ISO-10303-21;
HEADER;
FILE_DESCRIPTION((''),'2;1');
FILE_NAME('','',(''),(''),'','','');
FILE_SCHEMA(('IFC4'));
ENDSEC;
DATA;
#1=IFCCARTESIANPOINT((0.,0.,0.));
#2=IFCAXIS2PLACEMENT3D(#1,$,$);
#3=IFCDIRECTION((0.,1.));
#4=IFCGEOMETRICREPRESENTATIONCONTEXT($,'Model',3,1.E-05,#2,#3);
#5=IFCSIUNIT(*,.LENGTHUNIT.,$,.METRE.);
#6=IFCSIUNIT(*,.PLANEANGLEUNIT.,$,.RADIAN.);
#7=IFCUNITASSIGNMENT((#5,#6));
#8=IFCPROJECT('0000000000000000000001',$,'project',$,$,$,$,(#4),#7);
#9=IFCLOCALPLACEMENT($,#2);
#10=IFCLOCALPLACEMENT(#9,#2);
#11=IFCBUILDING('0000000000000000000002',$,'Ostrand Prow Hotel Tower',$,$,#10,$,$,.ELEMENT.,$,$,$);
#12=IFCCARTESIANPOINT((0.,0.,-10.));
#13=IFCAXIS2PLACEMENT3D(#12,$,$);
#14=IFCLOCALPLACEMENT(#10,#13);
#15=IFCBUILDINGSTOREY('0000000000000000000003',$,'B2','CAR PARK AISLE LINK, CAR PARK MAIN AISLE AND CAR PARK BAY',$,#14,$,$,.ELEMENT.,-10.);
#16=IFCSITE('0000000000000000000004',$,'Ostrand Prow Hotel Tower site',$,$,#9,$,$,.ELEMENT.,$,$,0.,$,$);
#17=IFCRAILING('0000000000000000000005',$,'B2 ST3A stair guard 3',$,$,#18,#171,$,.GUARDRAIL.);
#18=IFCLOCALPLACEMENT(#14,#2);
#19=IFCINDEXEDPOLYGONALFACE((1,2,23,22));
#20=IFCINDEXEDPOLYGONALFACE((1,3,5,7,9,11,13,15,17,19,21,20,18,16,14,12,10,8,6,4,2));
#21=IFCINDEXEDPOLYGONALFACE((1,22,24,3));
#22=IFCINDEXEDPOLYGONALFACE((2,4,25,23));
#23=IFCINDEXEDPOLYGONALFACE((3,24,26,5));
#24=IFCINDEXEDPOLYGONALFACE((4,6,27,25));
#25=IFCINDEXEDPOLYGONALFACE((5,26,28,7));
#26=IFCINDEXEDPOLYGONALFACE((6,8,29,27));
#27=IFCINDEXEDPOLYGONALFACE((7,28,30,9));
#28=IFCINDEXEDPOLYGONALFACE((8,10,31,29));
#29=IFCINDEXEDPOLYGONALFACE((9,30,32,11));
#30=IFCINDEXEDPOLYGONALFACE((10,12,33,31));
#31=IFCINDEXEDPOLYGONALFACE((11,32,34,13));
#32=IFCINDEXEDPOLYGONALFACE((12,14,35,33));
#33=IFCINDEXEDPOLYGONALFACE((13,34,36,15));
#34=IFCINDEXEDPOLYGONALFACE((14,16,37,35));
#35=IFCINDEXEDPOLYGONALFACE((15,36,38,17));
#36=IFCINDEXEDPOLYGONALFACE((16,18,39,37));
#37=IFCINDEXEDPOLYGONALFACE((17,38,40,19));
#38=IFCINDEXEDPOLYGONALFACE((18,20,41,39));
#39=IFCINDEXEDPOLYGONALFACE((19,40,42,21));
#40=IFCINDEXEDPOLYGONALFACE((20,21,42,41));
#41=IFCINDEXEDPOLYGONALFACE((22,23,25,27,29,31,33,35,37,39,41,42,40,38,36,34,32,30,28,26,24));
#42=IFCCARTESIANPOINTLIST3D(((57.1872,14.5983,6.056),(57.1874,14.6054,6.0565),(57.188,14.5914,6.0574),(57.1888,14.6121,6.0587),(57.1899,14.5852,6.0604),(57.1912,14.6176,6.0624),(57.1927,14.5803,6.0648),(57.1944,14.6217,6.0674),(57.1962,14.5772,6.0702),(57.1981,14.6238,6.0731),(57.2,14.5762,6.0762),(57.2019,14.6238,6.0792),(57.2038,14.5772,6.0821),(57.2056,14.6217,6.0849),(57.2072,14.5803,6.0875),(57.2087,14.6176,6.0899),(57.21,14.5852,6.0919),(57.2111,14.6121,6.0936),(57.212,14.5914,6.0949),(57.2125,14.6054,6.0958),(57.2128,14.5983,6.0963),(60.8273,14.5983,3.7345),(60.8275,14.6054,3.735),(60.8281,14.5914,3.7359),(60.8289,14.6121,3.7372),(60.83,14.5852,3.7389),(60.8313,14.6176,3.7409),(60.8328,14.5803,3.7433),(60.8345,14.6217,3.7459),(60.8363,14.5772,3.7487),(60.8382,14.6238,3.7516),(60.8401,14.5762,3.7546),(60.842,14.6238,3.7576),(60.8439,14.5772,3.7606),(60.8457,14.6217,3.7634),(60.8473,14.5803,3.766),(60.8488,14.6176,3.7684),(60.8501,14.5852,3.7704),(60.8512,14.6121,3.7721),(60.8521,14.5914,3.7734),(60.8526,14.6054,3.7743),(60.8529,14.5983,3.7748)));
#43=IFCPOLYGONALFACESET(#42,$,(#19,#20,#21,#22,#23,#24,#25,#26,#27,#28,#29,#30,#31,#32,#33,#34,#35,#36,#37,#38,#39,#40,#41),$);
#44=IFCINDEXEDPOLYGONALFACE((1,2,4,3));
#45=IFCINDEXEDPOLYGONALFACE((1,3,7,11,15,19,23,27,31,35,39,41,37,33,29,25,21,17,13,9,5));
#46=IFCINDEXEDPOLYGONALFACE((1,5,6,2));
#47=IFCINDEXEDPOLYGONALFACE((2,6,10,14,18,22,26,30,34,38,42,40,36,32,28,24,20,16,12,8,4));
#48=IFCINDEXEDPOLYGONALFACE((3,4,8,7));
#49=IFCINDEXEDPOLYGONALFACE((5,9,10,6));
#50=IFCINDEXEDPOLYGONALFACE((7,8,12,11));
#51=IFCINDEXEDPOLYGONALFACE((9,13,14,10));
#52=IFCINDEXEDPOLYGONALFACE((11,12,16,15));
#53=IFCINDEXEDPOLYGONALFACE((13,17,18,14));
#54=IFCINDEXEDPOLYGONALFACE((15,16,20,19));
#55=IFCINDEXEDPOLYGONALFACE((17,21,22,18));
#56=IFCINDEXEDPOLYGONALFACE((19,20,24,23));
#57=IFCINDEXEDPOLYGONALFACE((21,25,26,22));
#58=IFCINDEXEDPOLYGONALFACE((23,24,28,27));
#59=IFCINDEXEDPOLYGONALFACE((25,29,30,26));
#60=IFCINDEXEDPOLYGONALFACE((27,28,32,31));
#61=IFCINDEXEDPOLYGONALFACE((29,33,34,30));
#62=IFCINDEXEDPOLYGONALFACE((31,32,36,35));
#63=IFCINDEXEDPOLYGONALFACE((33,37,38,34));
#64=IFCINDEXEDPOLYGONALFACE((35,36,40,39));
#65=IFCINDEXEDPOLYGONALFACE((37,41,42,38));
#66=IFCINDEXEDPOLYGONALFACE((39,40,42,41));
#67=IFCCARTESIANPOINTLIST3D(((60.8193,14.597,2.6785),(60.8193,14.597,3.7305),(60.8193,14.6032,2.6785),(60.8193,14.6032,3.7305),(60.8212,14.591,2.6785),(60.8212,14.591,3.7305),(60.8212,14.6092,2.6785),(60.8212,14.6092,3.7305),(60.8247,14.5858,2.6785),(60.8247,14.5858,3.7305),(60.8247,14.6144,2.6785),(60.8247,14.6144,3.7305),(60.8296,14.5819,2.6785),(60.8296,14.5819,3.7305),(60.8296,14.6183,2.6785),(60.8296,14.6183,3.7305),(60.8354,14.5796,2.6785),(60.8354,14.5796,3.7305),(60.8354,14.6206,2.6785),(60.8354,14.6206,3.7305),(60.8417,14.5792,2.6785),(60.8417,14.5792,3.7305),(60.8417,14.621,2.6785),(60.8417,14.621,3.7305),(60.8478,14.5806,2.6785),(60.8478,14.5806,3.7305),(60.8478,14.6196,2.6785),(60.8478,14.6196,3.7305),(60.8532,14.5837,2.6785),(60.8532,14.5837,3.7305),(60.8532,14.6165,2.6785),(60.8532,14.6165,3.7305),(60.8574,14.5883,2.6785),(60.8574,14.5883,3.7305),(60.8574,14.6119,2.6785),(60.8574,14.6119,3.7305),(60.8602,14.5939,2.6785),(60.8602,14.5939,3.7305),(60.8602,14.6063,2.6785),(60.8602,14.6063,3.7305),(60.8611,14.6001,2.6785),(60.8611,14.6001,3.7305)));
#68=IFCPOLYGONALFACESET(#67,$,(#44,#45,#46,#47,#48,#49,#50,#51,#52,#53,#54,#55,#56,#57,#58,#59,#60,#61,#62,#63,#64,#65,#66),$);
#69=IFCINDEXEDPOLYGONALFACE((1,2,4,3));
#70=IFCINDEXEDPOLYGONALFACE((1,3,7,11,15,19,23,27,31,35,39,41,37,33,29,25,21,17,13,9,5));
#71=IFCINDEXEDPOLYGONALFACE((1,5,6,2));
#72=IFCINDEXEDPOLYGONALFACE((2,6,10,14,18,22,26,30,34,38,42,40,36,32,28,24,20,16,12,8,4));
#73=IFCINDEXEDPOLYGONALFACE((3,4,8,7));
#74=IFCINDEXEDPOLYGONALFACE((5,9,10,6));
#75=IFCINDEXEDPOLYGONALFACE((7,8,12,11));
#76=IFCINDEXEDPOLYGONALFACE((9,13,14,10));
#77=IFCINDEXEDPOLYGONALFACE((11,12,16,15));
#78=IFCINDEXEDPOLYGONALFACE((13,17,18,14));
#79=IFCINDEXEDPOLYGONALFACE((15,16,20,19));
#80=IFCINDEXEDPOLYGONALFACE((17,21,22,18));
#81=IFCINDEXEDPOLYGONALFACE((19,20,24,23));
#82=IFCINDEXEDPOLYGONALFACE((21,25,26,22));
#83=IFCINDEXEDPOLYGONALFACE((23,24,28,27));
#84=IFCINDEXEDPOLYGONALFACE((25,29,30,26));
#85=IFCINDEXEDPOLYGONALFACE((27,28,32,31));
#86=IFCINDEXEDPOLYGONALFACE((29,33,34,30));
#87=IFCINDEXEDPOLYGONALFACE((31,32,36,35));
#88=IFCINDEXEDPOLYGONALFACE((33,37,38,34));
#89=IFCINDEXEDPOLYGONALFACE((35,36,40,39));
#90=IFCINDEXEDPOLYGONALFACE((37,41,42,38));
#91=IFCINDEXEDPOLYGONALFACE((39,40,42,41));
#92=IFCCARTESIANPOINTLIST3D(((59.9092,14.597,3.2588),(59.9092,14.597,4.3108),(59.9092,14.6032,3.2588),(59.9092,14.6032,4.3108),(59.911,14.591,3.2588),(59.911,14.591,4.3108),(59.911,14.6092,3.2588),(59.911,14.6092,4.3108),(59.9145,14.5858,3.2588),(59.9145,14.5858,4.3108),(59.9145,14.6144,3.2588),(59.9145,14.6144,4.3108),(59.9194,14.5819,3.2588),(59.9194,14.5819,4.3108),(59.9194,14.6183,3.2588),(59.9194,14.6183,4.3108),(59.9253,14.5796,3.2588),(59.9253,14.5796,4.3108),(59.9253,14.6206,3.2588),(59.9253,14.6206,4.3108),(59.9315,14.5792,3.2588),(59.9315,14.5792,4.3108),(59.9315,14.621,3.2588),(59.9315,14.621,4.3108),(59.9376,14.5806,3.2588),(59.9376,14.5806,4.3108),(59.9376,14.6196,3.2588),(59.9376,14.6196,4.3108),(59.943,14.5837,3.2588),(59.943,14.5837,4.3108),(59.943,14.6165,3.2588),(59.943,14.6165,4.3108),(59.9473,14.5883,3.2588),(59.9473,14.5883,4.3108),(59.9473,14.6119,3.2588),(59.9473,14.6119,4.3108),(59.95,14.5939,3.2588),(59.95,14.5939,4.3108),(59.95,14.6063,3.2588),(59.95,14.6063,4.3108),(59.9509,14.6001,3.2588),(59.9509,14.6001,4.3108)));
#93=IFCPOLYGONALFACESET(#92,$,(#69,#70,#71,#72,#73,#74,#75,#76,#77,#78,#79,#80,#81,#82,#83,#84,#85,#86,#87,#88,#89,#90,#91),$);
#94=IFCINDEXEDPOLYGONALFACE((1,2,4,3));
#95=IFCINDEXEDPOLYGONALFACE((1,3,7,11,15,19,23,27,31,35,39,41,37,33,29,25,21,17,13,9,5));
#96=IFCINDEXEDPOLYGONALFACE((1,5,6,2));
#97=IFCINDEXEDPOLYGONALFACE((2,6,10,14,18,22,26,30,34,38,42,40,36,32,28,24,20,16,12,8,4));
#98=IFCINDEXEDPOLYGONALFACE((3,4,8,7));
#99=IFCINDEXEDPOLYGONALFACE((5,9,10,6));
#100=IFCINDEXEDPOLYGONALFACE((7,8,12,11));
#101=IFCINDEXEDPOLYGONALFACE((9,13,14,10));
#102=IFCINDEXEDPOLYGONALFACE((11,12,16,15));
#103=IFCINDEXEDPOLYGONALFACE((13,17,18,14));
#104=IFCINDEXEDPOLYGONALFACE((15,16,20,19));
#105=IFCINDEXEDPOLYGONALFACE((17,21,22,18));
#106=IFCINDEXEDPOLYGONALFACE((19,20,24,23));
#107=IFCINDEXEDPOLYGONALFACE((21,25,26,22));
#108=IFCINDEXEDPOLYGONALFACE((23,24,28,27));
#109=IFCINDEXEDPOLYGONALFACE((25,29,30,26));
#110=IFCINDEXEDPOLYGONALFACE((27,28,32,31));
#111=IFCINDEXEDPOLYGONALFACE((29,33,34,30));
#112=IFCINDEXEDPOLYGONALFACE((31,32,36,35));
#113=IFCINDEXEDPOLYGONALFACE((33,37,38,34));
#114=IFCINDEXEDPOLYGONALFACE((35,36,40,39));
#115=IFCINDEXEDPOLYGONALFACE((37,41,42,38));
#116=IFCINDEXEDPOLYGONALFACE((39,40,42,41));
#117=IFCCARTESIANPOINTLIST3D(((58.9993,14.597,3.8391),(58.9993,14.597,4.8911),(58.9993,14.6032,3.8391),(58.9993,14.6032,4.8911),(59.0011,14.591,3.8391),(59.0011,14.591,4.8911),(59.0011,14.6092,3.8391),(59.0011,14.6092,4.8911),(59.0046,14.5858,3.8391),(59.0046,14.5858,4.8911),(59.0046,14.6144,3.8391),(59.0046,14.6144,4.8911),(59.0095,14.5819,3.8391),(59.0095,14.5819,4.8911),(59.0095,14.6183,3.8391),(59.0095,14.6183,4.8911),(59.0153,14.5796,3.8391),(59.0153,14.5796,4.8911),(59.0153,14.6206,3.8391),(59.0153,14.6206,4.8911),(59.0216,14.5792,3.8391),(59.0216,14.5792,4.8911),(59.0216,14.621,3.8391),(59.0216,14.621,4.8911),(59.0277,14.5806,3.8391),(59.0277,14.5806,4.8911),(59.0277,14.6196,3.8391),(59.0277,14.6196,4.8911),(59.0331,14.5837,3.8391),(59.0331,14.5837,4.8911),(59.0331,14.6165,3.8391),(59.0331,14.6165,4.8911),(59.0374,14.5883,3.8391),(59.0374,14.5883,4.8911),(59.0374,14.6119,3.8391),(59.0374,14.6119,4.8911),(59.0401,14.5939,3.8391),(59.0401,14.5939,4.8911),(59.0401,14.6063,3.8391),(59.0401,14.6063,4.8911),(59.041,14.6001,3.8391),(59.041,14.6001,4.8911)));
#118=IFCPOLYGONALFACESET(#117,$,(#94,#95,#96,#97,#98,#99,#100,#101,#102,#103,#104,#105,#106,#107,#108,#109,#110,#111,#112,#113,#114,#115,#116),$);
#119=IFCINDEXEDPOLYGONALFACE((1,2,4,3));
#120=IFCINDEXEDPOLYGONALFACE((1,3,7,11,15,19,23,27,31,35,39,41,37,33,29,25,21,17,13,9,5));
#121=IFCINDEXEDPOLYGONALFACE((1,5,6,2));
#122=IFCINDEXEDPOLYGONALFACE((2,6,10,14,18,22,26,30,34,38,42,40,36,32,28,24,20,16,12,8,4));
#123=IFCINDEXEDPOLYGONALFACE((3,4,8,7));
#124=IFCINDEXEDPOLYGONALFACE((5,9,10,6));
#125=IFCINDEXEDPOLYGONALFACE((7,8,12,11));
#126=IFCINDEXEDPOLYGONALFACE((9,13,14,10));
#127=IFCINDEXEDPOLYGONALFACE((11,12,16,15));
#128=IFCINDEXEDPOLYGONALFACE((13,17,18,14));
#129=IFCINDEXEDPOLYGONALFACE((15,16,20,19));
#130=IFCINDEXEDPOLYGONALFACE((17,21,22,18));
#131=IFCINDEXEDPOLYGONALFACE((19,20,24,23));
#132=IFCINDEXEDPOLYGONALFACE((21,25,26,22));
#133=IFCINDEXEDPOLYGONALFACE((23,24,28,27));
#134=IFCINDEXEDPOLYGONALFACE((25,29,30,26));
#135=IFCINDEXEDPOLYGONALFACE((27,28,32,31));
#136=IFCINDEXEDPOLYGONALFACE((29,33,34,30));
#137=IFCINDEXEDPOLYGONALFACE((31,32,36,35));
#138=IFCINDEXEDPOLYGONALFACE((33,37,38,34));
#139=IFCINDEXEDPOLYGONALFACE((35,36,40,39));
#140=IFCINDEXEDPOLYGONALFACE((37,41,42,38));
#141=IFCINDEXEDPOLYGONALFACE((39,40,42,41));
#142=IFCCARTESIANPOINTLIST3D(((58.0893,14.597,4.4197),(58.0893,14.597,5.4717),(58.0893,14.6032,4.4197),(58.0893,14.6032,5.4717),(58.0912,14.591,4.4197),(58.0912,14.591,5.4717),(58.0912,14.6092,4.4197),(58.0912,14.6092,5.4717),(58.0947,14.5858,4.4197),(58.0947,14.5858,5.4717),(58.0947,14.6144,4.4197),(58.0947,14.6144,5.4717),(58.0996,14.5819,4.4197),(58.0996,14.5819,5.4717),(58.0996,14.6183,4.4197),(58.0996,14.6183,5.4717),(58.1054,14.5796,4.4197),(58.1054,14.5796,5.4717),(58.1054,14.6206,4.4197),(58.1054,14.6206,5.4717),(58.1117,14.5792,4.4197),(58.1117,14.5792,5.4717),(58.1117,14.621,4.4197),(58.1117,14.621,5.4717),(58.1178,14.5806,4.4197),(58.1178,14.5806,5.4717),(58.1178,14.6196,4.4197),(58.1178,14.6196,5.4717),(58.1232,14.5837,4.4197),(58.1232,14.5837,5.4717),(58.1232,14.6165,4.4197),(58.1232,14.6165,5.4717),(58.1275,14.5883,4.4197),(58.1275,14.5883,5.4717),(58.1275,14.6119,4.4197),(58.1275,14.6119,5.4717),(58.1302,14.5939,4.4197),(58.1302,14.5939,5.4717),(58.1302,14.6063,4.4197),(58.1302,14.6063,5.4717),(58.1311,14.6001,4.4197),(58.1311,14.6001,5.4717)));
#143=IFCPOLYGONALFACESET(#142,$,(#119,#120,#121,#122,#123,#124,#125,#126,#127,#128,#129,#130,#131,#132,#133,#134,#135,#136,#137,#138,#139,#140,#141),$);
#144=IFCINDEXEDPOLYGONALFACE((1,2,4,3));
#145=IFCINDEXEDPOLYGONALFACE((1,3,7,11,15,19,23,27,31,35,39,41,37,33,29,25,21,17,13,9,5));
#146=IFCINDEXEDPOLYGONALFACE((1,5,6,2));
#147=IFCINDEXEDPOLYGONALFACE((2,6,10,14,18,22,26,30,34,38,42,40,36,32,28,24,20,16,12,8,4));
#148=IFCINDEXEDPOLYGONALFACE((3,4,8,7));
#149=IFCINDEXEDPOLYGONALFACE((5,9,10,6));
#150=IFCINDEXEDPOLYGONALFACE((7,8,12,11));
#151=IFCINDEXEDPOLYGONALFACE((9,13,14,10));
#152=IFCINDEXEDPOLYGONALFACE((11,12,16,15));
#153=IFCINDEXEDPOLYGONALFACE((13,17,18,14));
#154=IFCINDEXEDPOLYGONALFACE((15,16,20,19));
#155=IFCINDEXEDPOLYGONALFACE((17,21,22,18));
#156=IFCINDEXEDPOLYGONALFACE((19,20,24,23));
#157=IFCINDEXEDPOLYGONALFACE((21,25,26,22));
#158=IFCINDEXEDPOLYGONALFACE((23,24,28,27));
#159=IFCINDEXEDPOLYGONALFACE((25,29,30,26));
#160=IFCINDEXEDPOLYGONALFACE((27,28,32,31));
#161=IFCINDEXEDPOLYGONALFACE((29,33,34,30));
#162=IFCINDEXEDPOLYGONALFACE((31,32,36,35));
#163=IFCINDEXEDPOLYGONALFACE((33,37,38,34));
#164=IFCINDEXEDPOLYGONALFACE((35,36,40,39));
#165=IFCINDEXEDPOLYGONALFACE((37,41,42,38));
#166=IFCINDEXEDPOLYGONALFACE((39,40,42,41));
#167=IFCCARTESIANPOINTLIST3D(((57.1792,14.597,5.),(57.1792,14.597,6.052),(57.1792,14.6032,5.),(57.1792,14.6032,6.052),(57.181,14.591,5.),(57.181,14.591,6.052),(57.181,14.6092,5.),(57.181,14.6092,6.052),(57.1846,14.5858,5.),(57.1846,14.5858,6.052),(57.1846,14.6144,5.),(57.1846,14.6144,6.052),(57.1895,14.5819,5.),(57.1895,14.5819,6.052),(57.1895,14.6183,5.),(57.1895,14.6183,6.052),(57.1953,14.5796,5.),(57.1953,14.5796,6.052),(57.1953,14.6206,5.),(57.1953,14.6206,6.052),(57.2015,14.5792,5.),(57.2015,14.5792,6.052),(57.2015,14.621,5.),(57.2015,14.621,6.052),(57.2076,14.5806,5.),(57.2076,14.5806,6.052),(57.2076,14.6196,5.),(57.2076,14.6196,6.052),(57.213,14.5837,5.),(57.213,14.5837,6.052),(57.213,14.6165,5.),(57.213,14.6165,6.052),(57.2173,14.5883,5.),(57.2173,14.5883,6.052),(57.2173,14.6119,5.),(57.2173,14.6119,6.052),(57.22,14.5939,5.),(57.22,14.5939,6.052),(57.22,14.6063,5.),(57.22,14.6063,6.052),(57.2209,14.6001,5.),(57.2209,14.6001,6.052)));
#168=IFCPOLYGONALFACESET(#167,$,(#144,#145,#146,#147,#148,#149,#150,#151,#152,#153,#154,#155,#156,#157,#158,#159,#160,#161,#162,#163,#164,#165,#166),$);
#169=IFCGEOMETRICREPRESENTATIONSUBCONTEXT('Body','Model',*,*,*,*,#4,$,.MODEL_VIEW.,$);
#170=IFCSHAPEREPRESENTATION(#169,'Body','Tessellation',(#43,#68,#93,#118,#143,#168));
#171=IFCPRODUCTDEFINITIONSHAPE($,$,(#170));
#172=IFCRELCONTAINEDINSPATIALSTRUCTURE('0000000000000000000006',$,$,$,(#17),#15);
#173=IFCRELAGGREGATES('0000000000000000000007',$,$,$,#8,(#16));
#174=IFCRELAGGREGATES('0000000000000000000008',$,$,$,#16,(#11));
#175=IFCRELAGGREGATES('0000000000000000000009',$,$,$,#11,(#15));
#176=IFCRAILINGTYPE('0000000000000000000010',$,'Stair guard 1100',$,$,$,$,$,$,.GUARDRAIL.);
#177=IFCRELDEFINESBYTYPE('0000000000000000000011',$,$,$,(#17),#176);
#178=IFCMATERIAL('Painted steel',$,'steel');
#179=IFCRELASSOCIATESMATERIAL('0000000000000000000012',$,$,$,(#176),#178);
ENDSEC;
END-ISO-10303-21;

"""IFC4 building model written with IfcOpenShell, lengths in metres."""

from ifc_helpers import new_model, si_unit, direction, frame, origin, origin_2d, place, context, subcontext, project, spatial, circle, extrude, material, type_object, element, save


model = new_model("IFC4")

# Units and contexts
model_context = context("Model", 3, precision=1e-05, world=origin(), true_north=direction((0.0, 1.0)))
body_context = subcontext(model_context, "Body", "Model", "MODEL_VIEW")
ifc_project = project(units=[si_unit("LENGTHUNIT", "METRE"), si_unit("PLANEANGLEUNIT", "RADIAN")], contexts=[model_context])

# Site, building, storey
site_placement = place(None, origin())
site = spatial("IfcSite", under=ifc_project, at=site_placement, Name="Ostrand Prow Hotel Tower site", CompositionType="ELEMENT", RefElevation=0.0)
building_placement = place(site_placement, origin())
building = spatial("IfcBuilding", under=site, at=building_placement, Name="Ostrand Prow Hotel Tower", CompositionType="ELEMENT")
storey_placement = place(building_placement, frame((0.0, 0.0, -10.0)))
storey = spatial("IfcBuildingStorey", under=building, at=storey_placement, Name="B2", Description="CAR PARK AISLE LINK, CAR PARK MAIN AISLE AND CAR PARK BAY", CompositionType="ELEMENT", Elevation=-10.0)

# Railing
ifc_material_1 = material(Name="Painted steel", Category="steel")
railing_type_1 = type_object("IfcRailingType", Name="Stair guard 1100", PredefinedType="GUARDRAIL", material=ifc_material_1)
railing_1_placement = place(storey_placement, frame((60.8401, 14.6001, 2.6785)))
element("IfcRailing", 1, at=railing_1_placement, inside=storey, type_object=railing_type_1, Name="B2 ST3A stair guard 3", PredefinedType="GUARDRAIL", context=body_context, shape_type="SweptSolid", body=[
    extrude(circle(Radius=0.0239, at=origin_2d()), frame((0.0, 0.0, 1.0762), z_axis=(-0.843128, 0.0, 0.537713), x_axis=(0.0, -1.0, 0.0)), (0.0, 0.0, 1.0), 4.3174),
    extrude(circle(Radius=0.021, at=origin_2d()), origin(), (0.0, 0.0, 1.0), 1.052),
    extrude(circle(Radius=0.021, at=origin_2d()), frame((-0.9102, 0.0, 0.5803)), (0.0, 0.0, 1.0), 1.052),
    extrude(circle(Radius=0.021, at=origin_2d()), frame((-1.8201, 0.0, 1.1606)), (0.0, 0.0, 1.0), 1.052),
    extrude(circle(Radius=0.021, at=origin_2d()), frame((-2.73, 0.0, 1.7412)), (0.0, 0.0, 1.0), 1.052),
    extrude(circle(Radius=0.021, at=origin_2d()), frame((-3.6401, 0.0, 2.3215)), (0.0, 0.0, 1.0), 1.052),
])

save(model, "model.ifc")
